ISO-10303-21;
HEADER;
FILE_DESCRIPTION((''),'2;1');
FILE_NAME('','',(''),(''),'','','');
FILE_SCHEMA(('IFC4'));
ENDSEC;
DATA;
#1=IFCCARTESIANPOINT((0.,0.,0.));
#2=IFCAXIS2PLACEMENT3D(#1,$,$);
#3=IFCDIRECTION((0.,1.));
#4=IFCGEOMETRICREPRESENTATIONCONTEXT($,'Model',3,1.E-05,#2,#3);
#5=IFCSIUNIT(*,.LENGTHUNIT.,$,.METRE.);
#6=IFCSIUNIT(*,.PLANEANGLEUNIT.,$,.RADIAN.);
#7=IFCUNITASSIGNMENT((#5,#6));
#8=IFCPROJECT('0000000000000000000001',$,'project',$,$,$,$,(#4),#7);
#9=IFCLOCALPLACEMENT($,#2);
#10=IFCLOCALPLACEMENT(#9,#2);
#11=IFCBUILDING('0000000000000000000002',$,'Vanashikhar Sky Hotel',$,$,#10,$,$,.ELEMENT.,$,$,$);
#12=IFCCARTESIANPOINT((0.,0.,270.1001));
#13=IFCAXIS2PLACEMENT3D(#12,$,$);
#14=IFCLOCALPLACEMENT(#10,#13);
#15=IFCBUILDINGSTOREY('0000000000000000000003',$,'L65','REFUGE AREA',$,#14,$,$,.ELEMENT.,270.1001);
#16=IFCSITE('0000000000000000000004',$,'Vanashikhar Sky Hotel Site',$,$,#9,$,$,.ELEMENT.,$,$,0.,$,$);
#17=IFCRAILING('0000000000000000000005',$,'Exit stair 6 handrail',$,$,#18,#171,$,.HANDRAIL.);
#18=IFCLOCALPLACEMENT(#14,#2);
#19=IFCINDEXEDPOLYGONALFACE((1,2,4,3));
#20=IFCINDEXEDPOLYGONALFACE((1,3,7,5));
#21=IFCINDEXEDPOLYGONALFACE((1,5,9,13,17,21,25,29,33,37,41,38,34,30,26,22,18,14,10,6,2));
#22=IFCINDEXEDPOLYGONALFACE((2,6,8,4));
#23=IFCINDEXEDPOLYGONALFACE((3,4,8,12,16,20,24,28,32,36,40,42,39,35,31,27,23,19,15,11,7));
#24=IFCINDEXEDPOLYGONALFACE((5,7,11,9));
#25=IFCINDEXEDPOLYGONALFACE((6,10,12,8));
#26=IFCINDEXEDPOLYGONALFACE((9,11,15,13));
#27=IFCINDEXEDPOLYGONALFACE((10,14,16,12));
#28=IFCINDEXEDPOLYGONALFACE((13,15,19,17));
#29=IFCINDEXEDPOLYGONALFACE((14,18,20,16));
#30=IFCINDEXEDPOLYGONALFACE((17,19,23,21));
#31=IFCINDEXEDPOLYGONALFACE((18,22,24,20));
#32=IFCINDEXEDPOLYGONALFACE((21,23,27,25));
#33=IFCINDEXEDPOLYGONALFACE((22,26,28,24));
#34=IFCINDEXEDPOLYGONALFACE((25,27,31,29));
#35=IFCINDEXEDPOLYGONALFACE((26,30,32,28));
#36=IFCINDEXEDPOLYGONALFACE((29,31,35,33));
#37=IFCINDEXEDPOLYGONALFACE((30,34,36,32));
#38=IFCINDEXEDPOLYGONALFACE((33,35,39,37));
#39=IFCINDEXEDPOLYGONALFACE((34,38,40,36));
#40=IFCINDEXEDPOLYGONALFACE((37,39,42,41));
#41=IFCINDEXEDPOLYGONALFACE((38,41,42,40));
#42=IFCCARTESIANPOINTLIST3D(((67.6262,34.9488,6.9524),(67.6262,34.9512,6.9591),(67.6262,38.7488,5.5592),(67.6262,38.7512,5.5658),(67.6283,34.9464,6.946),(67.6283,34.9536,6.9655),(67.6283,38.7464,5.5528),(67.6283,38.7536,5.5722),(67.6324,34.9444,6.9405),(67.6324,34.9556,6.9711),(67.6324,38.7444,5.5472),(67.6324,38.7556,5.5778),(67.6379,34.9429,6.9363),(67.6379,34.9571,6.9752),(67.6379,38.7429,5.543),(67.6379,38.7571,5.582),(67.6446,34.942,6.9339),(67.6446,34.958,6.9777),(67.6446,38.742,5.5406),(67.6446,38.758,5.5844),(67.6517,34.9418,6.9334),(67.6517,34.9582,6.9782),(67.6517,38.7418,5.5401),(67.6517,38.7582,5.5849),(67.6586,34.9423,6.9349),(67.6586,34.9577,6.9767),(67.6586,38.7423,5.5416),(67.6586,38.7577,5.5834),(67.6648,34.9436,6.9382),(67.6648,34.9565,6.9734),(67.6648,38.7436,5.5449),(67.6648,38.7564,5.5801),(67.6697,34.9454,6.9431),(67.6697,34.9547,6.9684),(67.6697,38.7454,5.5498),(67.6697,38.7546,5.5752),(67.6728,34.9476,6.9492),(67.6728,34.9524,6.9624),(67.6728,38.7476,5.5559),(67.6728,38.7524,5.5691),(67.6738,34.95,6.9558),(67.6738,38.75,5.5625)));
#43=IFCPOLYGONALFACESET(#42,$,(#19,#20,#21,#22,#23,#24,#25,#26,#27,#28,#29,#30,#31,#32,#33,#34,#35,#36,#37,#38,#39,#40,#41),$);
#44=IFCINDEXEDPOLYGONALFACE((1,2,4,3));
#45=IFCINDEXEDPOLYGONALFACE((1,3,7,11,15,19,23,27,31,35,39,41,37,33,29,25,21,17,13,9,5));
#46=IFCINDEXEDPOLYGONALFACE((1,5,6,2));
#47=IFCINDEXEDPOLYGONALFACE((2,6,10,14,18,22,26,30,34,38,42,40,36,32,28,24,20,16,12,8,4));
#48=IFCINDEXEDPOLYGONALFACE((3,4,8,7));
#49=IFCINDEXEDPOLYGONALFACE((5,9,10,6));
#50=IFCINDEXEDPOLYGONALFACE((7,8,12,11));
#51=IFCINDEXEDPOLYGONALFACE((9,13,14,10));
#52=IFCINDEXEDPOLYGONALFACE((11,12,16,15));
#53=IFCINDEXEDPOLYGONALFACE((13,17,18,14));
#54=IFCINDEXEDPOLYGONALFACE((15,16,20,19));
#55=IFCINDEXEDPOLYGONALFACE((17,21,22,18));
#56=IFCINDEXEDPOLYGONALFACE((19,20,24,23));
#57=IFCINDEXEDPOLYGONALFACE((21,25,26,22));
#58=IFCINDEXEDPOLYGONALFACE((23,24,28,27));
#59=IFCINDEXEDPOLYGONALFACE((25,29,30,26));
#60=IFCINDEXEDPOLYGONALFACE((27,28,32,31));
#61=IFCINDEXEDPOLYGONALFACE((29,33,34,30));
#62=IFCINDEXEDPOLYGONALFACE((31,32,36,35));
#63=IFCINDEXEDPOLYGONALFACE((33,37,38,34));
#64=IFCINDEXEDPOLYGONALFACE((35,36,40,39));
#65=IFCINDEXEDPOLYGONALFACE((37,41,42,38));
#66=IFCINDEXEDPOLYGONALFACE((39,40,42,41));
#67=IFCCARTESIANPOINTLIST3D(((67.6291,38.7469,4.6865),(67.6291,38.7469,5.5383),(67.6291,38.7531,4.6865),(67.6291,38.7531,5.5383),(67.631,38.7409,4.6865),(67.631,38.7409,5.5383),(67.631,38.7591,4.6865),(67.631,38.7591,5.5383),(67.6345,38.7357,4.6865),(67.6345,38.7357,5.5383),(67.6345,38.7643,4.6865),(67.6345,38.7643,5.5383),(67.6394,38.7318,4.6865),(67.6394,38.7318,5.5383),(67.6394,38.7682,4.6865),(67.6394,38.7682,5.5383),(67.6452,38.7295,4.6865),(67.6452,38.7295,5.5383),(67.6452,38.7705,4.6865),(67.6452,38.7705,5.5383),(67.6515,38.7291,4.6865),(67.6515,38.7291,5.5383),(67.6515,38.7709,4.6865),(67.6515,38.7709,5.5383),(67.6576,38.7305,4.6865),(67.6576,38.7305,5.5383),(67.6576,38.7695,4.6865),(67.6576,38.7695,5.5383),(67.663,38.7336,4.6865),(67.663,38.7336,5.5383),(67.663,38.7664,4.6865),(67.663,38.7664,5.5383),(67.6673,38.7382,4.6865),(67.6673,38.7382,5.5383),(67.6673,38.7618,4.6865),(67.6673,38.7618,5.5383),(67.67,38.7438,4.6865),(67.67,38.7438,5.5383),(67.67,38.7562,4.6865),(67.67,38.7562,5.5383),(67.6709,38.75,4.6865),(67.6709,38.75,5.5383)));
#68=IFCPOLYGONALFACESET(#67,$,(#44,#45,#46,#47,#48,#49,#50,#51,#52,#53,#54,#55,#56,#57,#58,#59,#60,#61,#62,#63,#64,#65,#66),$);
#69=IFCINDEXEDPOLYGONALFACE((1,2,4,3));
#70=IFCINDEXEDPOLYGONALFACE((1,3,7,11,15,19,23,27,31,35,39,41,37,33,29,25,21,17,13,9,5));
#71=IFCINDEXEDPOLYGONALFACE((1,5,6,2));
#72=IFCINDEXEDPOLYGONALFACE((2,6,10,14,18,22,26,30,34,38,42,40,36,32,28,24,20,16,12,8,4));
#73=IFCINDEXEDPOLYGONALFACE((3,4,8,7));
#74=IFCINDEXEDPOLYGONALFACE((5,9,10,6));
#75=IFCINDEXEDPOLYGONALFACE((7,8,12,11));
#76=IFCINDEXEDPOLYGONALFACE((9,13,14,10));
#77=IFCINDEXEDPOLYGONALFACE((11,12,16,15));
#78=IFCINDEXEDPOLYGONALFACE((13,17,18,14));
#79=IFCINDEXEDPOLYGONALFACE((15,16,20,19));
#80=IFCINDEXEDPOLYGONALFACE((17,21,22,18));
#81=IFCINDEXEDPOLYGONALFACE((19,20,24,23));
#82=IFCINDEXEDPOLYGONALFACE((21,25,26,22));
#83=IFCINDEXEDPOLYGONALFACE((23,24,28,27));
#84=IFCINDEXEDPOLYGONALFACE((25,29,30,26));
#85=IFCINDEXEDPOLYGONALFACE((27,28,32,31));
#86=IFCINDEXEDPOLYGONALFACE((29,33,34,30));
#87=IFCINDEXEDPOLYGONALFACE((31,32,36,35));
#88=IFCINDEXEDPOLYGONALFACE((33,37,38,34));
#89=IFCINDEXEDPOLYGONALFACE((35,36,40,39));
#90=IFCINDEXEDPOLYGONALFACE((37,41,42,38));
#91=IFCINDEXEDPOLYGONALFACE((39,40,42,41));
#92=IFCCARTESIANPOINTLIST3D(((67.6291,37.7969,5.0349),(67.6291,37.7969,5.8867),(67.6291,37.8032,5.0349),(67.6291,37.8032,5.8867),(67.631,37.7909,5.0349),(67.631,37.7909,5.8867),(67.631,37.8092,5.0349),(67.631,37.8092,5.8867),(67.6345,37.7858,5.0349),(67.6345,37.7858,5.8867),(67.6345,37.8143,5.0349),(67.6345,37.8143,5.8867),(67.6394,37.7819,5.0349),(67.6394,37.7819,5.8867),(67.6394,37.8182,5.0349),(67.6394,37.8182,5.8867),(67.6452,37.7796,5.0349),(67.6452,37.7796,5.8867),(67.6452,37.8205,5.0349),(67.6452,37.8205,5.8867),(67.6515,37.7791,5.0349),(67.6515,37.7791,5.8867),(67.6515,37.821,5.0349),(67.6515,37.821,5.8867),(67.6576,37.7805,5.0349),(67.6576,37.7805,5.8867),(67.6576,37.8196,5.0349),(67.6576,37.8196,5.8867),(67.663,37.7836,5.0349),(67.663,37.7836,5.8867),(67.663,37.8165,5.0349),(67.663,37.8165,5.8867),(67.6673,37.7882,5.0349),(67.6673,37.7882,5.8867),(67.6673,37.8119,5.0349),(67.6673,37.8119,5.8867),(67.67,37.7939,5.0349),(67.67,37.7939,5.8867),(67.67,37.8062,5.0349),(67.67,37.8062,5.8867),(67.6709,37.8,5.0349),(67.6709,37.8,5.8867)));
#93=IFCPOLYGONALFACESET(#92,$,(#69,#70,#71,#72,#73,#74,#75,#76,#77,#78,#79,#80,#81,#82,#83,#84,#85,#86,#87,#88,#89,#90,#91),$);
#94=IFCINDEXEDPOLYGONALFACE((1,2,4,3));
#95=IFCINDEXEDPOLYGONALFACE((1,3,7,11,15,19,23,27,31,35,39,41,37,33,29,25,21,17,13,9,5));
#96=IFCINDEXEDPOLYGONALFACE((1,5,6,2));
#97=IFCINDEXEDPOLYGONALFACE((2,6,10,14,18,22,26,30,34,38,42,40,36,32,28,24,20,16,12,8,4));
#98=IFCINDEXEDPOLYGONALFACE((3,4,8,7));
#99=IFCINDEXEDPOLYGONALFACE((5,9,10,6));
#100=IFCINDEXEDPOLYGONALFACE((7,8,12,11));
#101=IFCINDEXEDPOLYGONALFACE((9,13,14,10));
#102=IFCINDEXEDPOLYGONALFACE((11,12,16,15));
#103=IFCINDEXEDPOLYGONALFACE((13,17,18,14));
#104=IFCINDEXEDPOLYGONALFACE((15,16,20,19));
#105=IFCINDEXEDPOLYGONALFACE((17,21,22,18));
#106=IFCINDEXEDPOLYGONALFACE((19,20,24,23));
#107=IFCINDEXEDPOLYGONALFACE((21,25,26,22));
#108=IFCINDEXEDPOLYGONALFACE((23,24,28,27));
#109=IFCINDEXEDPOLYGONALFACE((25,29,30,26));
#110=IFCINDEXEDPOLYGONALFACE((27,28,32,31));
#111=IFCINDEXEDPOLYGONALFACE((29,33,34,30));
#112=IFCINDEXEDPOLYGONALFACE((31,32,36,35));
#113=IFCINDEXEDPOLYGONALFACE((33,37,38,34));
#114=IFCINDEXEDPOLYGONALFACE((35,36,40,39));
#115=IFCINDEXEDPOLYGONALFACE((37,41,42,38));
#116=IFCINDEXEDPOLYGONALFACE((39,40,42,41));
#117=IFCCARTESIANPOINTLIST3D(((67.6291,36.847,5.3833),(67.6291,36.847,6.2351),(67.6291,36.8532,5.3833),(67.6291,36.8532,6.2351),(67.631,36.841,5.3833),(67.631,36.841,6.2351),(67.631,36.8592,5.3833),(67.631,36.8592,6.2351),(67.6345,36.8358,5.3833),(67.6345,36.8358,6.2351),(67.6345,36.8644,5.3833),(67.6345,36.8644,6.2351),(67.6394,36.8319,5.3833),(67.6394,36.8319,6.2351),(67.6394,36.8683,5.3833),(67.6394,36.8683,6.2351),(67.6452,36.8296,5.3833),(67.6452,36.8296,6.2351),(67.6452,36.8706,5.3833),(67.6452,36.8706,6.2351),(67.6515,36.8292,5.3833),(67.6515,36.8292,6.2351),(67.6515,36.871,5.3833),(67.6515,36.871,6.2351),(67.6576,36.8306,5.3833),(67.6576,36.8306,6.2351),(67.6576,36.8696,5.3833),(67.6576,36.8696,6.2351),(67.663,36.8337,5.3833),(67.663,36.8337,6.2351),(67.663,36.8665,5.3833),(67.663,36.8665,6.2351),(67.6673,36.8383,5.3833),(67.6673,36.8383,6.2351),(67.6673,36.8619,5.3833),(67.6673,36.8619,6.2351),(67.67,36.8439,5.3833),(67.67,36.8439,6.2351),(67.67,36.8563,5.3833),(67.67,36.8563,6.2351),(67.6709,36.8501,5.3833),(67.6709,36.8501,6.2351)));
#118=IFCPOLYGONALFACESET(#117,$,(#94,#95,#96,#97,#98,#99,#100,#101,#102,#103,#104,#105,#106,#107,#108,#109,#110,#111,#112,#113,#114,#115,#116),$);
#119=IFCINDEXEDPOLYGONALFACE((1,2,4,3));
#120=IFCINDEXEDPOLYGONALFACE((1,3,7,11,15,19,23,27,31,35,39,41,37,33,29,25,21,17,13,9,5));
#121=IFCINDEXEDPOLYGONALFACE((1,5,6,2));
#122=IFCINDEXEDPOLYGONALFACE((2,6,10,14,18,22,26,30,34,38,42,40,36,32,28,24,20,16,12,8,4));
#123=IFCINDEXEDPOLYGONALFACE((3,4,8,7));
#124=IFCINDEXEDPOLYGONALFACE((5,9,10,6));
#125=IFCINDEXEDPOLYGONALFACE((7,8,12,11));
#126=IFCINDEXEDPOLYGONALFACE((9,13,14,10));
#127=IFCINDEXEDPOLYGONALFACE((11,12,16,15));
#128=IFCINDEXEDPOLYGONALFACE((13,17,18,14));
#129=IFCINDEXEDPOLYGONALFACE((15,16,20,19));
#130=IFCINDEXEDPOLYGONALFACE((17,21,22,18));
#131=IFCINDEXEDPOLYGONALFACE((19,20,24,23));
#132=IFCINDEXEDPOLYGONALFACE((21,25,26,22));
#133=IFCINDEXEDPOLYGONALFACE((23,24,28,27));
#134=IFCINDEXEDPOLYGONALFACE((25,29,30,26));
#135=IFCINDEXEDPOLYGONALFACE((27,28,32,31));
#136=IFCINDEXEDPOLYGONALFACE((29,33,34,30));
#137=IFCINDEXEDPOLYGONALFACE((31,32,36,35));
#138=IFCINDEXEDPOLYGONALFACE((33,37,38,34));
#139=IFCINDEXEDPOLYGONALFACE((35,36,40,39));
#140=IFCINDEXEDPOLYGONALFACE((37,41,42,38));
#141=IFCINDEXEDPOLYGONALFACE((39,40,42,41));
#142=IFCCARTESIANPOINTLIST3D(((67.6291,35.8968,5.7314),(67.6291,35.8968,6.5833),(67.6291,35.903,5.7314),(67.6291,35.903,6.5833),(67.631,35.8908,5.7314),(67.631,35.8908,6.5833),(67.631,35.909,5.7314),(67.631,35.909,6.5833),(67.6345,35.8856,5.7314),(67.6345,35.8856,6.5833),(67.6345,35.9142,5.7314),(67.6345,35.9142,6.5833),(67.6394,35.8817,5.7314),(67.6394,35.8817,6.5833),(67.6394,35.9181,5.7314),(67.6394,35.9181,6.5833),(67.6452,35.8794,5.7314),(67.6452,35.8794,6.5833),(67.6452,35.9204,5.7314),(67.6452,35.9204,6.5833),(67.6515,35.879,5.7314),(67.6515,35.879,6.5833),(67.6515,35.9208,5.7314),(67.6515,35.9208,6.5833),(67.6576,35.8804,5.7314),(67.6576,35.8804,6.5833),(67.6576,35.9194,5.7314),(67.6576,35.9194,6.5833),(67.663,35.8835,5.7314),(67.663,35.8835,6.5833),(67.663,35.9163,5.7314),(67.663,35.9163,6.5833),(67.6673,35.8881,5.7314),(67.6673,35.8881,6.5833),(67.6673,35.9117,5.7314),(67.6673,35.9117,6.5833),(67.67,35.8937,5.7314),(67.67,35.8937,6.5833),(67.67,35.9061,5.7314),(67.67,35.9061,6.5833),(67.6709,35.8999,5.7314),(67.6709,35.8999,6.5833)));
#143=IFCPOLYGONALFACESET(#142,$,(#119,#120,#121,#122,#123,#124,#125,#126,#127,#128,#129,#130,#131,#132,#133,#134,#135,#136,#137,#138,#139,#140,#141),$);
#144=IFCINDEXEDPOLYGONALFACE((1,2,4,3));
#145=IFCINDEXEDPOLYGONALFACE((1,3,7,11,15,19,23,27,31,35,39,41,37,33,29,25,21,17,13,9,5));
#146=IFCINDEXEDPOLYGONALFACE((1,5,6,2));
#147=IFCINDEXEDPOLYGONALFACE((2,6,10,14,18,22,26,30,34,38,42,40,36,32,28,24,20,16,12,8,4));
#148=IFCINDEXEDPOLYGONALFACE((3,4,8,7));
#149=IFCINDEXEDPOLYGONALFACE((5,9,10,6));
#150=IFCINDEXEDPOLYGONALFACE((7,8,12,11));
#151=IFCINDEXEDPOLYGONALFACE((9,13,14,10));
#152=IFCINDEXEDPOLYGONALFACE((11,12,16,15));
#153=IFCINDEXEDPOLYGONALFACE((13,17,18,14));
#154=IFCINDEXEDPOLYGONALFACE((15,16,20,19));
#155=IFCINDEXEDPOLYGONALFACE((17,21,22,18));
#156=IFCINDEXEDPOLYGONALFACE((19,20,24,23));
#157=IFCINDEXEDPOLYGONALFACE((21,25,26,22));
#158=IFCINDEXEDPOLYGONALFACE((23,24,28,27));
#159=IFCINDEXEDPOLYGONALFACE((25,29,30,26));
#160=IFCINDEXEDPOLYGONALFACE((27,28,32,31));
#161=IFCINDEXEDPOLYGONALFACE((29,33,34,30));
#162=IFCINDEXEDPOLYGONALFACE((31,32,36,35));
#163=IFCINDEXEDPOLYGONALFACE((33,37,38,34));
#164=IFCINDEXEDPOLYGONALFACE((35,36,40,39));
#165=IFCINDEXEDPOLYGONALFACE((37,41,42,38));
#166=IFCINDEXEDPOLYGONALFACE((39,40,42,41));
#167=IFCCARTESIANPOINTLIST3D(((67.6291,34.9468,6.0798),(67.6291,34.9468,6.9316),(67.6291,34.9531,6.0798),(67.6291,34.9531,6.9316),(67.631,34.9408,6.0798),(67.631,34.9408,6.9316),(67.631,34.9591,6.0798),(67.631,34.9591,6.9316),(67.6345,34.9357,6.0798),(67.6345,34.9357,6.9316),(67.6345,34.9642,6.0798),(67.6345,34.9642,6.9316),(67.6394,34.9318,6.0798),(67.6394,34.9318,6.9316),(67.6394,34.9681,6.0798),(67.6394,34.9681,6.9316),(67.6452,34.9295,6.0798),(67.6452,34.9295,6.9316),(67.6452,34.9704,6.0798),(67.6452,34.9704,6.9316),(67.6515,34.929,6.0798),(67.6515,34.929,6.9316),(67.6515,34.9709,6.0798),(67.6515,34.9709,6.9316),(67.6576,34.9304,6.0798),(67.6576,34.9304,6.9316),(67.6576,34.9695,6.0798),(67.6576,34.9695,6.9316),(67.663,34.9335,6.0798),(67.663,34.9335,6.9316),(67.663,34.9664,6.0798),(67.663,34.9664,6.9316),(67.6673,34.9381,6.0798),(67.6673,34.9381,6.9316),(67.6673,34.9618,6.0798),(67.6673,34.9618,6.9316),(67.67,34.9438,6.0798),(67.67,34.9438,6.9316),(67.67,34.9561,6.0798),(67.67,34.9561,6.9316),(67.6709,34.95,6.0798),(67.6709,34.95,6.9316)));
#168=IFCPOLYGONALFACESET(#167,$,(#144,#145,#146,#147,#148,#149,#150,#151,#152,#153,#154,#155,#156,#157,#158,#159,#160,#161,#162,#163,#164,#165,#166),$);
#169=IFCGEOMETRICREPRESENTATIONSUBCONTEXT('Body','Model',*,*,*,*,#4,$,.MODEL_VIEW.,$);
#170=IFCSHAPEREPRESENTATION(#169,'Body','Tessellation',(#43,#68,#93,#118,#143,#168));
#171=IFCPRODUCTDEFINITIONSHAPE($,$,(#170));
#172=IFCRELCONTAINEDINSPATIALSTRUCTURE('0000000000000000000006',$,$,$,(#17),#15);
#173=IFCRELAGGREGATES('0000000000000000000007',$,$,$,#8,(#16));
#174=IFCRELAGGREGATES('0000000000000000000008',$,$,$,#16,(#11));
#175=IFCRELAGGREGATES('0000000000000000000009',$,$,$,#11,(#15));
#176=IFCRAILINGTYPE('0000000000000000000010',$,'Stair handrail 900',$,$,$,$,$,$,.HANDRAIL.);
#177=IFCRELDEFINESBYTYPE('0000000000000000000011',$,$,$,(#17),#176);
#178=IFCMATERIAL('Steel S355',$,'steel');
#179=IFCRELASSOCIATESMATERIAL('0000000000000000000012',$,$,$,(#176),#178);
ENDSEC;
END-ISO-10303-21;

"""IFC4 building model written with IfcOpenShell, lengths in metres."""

from ifc_helpers import new_model, si_unit, direction, frame, origin, origin_2d, place, context, subcontext, project, spatial, circle, extrude, source, transform, mapped, material, type_object, element, save


model = new_model("IFC4")

# Units and contexts
model_context = context("Model", 3, precision=1e-05, world=origin(), true_north=direction((0.0, 1.0)))
body_context = subcontext(model_context, "Body", "Model", "MODEL_VIEW")
ifc_project = project(units=[si_unit("LENGTHUNIT", "METRE"), si_unit("PLANEANGLEUNIT", "RADIAN")], contexts=[model_context])

# Site, building, storey
site_placement = place(None, origin())
site = spatial("IfcSite", under=ifc_project, at=site_placement, Name="Vanashikhar Sky Hotel Site", CompositionType="ELEMENT", RefElevation=0.0)
building_placement = place(site_placement, origin())
building = spatial("IfcBuilding", under=site, at=building_placement, Name="Vanashikhar Sky Hotel", CompositionType="ELEMENT")
storey_placement = place(building_placement, frame((0.0, 0.0, 270.1001)))
storey = spatial("IfcBuildingStorey", under=building, at=storey_placement, Name="L65", Description="REFUGE AREA", CompositionType="ELEMENT", Elevation=270.1001)

# Railing
ifc_material_1 = material(Name="Steel S355", Category="steel")
railing_type_1 = type_object("IfcRailingType", Name="Stair handrail 900", PredefinedType="HANDRAIL", material=ifc_material_1)
shared_shape_1 = source(origin(), body_context, "Body", "SweptSolid", [
    extrude(circle(Radius=0.0239, at=origin_2d()), frame((0.0, 0.0, 0.876), z_axis=(0.0, -0.93888, 0.344246), x_axis=(1.0, 0.0, 0.0)), (0.0, 0.0, 1.0), 4.0474),
    extrude(circle(Radius=0.021, at=origin_2d()), origin(), (0.0, 0.0, 1.0), 0.8518),
    extrude(circle(Radius=0.021, at=origin_2d()), frame((0.0, -0.95, 0.3484)), (0.0, 0.0, 1.0), 0.8518),
    extrude(circle(Radius=0.021, at=origin_2d()), frame((0.0, -1.8999, 0.6968)), (0.0, 0.0, 1.0), 0.8518),
    extrude(circle(Radius=0.021, at=origin_2d()), frame((0.0, -2.8501, 1.0449)), (0.0, 0.0, 1.0), 0.8518),
    extrude(circle(Radius=0.021, at=origin_2d()), frame((0.0, -3.8, 1.3933)), (0.0, 0.0, 1.0), 0.8518),
])
for number, where, name in (
    (1, (67.6499, 38.75, 4.6865), "Exit stair 6 handrail"),
):
    element("IfcRailing", number, at=place(storey_placement, frame(where)), inside=storey, type_object=railing_type_1, Name=name, PredefinedType="HANDRAIL", context=body_context, shape_type="MappedRepresentation", body=[
        mapped(shared_shape_1, transform((0.0, 0.0, 0.0), scale=1.0)),
    ])

save(model, "model.ifc")
